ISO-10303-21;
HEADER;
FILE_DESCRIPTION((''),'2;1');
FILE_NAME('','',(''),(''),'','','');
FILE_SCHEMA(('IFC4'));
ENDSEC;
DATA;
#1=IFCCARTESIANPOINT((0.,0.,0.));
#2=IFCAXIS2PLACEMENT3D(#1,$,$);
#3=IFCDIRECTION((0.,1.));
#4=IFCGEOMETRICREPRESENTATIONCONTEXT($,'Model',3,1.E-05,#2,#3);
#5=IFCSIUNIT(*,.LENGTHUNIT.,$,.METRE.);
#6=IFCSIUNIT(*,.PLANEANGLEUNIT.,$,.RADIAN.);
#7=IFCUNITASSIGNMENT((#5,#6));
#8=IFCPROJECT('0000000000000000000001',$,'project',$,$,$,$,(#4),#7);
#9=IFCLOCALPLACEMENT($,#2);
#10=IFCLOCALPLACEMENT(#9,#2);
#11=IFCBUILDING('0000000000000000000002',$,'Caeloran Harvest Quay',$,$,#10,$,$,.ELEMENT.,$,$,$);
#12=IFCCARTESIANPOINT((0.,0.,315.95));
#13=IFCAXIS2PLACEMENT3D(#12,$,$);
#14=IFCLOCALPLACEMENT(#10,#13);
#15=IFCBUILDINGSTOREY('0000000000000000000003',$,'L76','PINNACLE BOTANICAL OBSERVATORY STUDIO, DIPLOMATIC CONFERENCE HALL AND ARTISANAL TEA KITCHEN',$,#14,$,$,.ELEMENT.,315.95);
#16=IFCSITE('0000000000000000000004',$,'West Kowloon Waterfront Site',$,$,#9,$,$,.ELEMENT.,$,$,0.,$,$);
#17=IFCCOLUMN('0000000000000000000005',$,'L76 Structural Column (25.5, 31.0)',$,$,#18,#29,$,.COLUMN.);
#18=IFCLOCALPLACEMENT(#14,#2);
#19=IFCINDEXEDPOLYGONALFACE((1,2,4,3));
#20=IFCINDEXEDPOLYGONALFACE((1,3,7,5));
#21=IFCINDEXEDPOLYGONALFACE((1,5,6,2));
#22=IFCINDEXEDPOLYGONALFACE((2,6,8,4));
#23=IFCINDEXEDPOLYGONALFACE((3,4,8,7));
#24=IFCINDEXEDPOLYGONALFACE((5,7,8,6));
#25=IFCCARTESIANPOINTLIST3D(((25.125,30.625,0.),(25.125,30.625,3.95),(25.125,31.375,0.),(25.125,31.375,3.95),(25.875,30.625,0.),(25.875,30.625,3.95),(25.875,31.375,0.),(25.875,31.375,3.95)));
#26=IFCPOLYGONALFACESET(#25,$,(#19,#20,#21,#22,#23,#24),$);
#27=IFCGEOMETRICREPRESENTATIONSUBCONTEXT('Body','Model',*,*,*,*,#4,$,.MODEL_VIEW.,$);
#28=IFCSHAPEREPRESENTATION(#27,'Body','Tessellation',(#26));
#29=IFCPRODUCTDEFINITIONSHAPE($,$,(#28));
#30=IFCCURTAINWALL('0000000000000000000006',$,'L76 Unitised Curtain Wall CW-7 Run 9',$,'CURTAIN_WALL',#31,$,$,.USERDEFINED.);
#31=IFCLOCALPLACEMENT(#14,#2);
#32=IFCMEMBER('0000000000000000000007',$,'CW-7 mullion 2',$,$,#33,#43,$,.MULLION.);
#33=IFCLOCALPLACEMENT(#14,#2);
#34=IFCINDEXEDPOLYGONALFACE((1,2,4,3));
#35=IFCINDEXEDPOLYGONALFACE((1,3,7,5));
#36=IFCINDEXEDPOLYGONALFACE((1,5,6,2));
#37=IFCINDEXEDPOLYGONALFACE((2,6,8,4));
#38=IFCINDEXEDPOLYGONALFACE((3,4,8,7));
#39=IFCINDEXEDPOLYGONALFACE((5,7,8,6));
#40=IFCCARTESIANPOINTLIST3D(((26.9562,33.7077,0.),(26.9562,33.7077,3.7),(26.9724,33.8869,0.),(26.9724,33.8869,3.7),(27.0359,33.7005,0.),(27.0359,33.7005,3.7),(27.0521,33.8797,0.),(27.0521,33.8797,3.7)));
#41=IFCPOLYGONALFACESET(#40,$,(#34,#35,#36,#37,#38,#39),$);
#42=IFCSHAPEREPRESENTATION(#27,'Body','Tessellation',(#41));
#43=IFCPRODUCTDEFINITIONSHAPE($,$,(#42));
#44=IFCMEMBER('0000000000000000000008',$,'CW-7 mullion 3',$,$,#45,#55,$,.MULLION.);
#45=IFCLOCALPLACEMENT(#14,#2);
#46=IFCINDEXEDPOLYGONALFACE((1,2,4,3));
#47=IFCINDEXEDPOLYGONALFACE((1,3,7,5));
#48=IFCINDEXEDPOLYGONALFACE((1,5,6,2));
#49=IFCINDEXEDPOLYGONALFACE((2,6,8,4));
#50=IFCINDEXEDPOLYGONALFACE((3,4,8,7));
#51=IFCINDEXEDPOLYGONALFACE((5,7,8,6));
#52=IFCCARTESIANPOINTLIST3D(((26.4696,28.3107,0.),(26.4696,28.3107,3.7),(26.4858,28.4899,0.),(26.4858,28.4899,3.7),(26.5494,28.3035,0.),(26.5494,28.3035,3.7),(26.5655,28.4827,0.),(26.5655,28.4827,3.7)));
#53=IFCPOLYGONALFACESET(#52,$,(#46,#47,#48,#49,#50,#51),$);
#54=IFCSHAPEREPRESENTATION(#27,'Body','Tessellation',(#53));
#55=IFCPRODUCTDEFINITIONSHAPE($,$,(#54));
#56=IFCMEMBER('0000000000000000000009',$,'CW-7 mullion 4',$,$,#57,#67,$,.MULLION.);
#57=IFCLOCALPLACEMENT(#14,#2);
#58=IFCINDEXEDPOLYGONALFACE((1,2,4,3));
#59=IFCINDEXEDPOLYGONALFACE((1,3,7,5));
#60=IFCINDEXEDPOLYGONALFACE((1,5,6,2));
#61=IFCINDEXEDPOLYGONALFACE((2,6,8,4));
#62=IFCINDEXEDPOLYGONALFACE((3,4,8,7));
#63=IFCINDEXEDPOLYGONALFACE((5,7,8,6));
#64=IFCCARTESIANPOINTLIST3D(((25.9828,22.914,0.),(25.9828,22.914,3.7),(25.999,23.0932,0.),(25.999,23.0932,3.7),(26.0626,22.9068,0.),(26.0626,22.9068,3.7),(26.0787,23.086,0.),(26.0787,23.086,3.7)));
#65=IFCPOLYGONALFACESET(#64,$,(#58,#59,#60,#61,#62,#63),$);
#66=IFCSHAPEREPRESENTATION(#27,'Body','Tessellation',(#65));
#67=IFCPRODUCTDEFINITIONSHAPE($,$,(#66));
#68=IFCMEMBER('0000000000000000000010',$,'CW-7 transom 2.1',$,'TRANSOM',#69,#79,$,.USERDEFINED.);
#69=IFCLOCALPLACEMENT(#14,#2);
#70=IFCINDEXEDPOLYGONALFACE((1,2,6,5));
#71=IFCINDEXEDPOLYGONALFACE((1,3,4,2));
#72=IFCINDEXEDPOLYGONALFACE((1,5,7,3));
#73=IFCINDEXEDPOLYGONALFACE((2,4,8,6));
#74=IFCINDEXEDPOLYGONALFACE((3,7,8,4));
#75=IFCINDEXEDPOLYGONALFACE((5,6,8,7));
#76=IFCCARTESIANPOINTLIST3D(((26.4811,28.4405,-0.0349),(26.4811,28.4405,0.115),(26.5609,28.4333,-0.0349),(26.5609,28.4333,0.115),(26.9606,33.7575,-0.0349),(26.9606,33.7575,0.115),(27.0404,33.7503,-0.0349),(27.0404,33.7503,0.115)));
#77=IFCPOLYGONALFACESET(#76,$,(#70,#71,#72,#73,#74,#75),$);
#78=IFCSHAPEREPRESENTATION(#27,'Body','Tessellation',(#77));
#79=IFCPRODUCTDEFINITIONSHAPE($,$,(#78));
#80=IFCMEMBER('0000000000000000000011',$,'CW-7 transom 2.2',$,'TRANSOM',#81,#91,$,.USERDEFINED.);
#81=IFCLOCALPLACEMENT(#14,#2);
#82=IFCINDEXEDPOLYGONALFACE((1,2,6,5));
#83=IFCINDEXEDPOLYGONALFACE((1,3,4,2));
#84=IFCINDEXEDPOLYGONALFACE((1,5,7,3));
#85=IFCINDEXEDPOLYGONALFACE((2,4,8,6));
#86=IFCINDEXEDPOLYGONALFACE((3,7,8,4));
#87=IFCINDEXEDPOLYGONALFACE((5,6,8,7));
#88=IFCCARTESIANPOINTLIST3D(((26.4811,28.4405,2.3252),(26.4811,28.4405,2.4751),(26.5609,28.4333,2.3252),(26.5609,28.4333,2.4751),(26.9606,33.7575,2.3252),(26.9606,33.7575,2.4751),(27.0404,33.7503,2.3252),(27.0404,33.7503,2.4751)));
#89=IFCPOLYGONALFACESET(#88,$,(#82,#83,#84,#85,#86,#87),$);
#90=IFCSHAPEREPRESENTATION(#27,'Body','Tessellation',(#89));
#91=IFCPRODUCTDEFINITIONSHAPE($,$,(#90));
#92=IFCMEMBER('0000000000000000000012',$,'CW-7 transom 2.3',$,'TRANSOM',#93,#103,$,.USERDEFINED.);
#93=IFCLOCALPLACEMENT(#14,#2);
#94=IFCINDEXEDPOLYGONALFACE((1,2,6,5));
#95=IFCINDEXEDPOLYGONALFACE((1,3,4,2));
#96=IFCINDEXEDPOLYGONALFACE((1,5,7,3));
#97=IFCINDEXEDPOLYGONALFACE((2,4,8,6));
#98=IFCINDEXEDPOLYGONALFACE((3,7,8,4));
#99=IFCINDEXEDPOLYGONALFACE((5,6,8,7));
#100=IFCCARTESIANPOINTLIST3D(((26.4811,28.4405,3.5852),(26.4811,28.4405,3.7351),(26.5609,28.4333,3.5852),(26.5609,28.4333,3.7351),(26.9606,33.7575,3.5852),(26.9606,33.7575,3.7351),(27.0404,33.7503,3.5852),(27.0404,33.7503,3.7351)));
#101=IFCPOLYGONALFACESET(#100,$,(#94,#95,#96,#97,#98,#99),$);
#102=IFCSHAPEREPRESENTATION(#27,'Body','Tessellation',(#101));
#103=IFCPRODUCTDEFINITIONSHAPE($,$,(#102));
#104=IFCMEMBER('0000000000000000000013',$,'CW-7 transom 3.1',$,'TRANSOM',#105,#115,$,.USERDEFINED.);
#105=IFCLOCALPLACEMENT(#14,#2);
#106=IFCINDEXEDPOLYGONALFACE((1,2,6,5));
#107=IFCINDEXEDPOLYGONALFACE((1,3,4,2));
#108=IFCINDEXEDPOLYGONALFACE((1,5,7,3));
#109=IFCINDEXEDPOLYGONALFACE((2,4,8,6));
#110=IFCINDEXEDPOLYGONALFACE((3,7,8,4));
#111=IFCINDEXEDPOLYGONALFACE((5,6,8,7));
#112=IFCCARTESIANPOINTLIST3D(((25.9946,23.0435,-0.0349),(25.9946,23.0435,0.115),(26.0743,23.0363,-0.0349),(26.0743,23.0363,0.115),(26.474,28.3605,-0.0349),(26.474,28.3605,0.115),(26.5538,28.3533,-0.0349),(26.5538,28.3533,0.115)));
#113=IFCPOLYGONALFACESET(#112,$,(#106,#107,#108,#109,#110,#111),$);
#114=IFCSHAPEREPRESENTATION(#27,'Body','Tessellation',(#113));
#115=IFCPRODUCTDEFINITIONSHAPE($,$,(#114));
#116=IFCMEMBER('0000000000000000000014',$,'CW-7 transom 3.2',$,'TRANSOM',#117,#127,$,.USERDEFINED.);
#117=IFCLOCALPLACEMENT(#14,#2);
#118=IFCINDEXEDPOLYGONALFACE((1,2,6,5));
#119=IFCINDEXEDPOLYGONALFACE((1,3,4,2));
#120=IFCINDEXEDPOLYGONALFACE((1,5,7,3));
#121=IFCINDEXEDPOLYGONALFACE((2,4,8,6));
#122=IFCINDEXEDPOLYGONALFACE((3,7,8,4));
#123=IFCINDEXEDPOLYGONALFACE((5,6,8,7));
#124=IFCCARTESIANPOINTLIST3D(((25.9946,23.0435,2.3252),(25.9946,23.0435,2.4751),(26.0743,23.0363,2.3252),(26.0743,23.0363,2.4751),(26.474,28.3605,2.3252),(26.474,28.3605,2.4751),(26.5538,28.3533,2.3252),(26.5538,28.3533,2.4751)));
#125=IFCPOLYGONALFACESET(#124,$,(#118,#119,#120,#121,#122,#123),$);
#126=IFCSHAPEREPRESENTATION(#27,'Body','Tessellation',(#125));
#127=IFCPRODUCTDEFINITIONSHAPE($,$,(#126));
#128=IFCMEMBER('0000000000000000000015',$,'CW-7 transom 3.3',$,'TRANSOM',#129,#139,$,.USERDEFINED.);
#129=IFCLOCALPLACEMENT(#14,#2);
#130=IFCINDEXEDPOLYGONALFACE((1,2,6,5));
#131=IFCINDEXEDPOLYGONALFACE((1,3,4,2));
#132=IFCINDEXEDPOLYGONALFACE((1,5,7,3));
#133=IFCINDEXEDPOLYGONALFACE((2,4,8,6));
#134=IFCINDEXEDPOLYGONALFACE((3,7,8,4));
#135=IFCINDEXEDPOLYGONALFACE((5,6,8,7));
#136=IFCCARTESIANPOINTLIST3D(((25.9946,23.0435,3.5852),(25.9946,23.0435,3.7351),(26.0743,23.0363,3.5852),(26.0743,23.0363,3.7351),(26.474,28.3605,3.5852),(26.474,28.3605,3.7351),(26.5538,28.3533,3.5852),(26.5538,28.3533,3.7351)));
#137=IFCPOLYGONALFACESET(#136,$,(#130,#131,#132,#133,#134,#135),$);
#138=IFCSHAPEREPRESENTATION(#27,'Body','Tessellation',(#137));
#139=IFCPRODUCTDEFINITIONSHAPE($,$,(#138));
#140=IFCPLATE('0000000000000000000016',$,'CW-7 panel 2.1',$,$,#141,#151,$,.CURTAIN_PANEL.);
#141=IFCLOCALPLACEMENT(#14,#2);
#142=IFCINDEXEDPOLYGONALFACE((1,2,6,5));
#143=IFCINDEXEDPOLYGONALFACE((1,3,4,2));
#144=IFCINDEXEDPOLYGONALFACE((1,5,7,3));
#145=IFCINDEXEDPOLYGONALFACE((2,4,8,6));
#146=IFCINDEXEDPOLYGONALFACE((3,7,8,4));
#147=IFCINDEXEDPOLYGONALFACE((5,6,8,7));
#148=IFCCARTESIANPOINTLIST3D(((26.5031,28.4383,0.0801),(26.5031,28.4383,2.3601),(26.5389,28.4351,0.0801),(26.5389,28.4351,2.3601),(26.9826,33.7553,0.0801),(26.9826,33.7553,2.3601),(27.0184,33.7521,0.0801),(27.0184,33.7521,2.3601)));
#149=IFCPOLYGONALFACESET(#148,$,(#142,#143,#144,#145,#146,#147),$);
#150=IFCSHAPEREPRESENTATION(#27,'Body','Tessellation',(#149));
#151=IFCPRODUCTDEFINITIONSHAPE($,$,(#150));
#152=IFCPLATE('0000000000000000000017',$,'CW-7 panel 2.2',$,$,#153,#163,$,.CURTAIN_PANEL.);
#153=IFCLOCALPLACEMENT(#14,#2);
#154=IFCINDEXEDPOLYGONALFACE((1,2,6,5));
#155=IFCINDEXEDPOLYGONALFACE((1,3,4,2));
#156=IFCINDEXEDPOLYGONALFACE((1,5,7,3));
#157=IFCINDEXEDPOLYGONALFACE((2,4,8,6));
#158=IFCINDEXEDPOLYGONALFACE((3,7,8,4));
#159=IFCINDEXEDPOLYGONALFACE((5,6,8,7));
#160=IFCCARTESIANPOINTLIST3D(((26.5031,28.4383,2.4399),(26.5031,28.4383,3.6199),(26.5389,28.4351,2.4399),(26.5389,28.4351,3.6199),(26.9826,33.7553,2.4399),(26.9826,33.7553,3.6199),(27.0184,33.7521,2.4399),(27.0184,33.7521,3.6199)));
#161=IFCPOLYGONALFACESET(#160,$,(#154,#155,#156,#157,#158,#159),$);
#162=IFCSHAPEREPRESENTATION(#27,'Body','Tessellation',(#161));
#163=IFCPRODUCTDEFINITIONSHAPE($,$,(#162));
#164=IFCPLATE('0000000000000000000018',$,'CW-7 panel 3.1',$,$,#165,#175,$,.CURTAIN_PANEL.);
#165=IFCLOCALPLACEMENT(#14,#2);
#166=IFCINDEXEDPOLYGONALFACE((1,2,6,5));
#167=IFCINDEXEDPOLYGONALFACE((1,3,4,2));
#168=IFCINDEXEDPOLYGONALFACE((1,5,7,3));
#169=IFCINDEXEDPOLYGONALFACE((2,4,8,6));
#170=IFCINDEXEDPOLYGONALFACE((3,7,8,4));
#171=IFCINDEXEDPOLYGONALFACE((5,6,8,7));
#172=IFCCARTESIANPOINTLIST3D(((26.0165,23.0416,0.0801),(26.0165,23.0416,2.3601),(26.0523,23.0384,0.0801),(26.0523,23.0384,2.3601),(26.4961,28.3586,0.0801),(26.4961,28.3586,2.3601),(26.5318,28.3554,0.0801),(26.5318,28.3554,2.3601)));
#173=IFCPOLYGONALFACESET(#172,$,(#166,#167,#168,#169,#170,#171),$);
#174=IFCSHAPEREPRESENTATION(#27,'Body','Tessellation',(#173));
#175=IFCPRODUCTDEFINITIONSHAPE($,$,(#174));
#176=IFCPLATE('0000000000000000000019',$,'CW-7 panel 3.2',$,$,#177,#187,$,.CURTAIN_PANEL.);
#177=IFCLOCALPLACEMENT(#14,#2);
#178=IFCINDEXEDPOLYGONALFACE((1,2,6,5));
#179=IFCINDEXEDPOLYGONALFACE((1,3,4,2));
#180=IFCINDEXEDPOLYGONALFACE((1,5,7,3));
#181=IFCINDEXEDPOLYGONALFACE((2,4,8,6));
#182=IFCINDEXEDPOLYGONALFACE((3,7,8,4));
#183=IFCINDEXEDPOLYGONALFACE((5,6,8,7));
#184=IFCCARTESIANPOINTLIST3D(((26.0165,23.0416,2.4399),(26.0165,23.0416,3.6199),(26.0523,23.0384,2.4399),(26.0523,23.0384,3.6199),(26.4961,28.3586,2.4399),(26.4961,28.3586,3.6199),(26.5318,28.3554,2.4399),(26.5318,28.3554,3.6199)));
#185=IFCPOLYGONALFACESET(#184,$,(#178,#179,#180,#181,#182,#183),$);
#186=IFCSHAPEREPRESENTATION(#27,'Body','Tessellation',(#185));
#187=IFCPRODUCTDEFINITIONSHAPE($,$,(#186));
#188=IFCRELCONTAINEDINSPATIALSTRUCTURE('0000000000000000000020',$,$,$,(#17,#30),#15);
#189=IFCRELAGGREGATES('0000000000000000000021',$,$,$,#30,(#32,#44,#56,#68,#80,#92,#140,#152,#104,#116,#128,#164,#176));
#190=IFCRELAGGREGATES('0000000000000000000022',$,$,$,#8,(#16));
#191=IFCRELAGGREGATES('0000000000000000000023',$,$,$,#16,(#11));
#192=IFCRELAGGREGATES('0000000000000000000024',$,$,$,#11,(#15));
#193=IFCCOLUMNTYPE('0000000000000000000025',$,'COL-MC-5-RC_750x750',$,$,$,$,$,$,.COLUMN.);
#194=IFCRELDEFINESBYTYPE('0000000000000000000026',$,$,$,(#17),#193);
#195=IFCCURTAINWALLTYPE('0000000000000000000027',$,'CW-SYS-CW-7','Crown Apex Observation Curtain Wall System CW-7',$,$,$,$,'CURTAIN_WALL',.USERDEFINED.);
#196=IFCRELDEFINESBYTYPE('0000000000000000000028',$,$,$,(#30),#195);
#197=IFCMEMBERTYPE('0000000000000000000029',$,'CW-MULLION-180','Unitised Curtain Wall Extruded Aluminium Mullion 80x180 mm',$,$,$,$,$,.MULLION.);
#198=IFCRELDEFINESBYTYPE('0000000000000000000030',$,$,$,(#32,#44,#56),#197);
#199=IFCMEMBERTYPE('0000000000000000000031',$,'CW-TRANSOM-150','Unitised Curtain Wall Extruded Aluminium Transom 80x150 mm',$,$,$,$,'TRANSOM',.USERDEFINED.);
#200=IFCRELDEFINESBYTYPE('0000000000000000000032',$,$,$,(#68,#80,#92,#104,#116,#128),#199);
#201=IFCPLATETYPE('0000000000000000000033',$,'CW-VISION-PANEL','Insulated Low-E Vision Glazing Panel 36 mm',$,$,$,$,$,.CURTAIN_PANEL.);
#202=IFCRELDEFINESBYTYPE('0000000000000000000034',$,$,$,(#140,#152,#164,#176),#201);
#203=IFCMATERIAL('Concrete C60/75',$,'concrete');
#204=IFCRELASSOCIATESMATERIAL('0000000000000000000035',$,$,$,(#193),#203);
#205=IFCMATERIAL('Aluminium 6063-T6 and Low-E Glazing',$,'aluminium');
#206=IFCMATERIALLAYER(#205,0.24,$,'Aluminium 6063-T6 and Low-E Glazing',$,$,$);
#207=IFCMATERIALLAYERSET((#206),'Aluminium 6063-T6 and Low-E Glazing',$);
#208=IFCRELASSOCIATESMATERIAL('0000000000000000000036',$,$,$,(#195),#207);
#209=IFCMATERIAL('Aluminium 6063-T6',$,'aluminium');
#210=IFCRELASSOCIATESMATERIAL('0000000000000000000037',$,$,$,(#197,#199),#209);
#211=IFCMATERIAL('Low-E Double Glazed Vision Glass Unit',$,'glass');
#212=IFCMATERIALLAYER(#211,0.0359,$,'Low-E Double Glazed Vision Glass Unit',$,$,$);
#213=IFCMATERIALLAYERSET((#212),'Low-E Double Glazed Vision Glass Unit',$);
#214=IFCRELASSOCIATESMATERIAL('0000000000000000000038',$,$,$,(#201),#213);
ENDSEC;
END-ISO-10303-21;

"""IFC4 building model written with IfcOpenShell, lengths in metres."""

from ifc_helpers import new_model, si_unit, direction, frame, origin, origin_2d, place, context, subcontext, project, spatial, rectangle, extrude, material, layer, layer_set, material_profile, profile_set, type_object, element, aggregate, save


model = new_model("IFC4")

# Units and contexts
model_context = context("Model", 3, precision=1e-05, world=origin(), true_north=direction((0.0, 1.0)))
body_context = subcontext(model_context, "Body", "Model", "MODEL_VIEW")
ifc_project = project(units=[si_unit("LENGTHUNIT", "METRE"), si_unit("PLANEANGLEUNIT", "RADIAN")], contexts=[model_context])

# Site, building, storey
site_placement = place(None, origin())
site = spatial("IfcSite", under=ifc_project, at=site_placement, Name="West Kowloon Waterfront Site", CompositionType="ELEMENT", RefElevation=0.0)
building_placement = place(site_placement, origin())
building = spatial("IfcBuilding", under=site, at=building_placement, Name="Caeloran Harvest Quay", CompositionType="ELEMENT")
storey_placement = place(building_placement, frame((0.0, 0.0, 315.95)))
storey = spatial("IfcBuildingStorey", under=building, at=storey_placement, Name="L76", Description="PINNACLE BOTANICAL OBSERVATORY STUDIO, DIPLOMATIC CONFERENCE HALL AND ARTISANAL TEA KITCHEN", CompositionType="ELEMENT", Elevation=315.95)

# Column
ifc_material_1 = material(Name="Concrete C60/75", Category="concrete")
ifc_material_profile_1 = material_profile(ifc_material_1, rectangle(XDim=0.75, YDim=0.75, at=origin_2d()), Name="RC 750x750")
ifc_profile_set_1 = profile_set([ifc_material_profile_1], Name="Concrete C60/75")
column_type = type_object("IfcColumnType", Name="COL-MC-5-RC_750x750", PredefinedType="COLUMN", material=ifc_profile_set_1)
column_placement = place(storey_placement, frame((25.5, 31.0, 0.0), z_axis=(0.0, 0.0, 1.0), x_axis=(1.0, 0.0, 0.0)))
element("IfcColumn", 1, at=column_placement, inside=storey, type_object=column_type, Name="L76 Structural Column (25.5, 31.0)", PredefinedType="COLUMN", context=body_context, shape_type="SweptSolid", body=[
    extrude(rectangle(XDim=0.75, YDim=0.75, at=origin_2d()), origin(), (0.0, 0.0, 1.0), 3.95),
])

# Curtain wall, members, plates
ifc_material_2 = material(Name="Aluminium 6063-T6 and Low-E Glazing", Category="aluminium")
ifc_layer_1 = layer(ifc_material_2, 0.24, Name="Aluminium 6063-T6 and Low-E Glazing")
ifc_layer_set_1 = layer_set([ifc_layer_1], Name="Aluminium 6063-T6 and Low-E Glazing")
curtain_wall_type = type_object("IfcCurtainWallType", Name="CW-SYS-CW-7", Description="Crown Apex Observation Curtain Wall System CW-7", ElementType="CURTAIN_WALL", PredefinedType="USERDEFINED", material=ifc_layer_set_1)
curtain_wall_placement = place(storey_placement, origin())
curtain_wall = element("IfcCurtainWall", 2, at=curtain_wall_placement, inside=storey, type_object=curtain_wall_type, Name="L76 Unitised Curtain Wall CW-7 Run 9", ObjectType="CURTAIN_WALL", PredefinedType="USERDEFINED")
ifc_material_3 = material(Name="Aluminium 6063-T6", Category="aluminium")
ifc_material_profile_2 = material_profile(ifc_material_3, rectangle(XDim=0.0801, YDim=0.1799, at=origin_2d()), Name="CW-MULLION-180")
ifc_profile_set_2 = profile_set([ifc_material_profile_2], Name="Aluminium 6063-T6")
member_type_1 = type_object("IfcMemberType", Name="CW-MULLION-180", Description="Unitised Curtain Wall Extruded Aluminium Mullion 80x180 mm", PredefinedType="MULLION", material=ifc_profile_set_2)
member_1_placement = place(storey_placement, frame((27.0042, 33.7937, 0.0), z_axis=(0.0, 0.0, 1.0), x_axis=(0.995958, -0.089821, 0.0)))
member_1 = element("IfcMember", 3, at=member_1_placement, type_object=member_type_1, Name="CW-7 mullion 2", PredefinedType="MULLION", context=body_context, shape_type="SweptSolid", body=[
    extrude(rectangle(XDim=0.0801, YDim=0.1799, at=origin_2d()), origin(), (0.0, 0.0, 1.0), 3.7),
])
member_2_placement = place(storey_placement, frame((26.5176, 28.3967, 0.0), z_axis=(0.0, 0.0, 1.0), x_axis=(0.995958, -0.089821, 0.0)))
member_2 = element("IfcMember", 4, at=member_2_placement, type_object=member_type_1, Name="CW-7 mullion 3", PredefinedType="MULLION", context=body_context, shape_type="SweptSolid", body=[
    extrude(rectangle(XDim=0.0801, YDim=0.1799, at=origin_2d()), origin(), (0.0, 0.0, 1.0), 3.7),
])
member_3_placement = place(storey_placement, frame((26.0308, 23.0, 0.0), z_axis=(0.0, 0.0, 1.0), x_axis=(0.995958, -0.089821, 0.0)))
member_3 = element("IfcMember", 5, at=member_3_placement, type_object=member_type_1, Name="CW-7 mullion 4", PredefinedType="MULLION", context=body_context, shape_type="SweptSolid", body=[
    extrude(rectangle(XDim=0.0801, YDim=0.1799, at=origin_2d()), origin(), (0.0, 0.0, 1.0), 3.7),
])
ifc_material_profile_3 = material_profile(ifc_material_3, rectangle(XDim=0.0801, YDim=0.1499, at=origin_2d()), Name="CW-TRANSOM-150")
ifc_profile_set_3 = profile_set([ifc_material_profile_3], Name="Aluminium 6063-T6")
member_type_2 = type_object("IfcMemberType", Name="CW-TRANSOM-150", Description="Unitised Curtain Wall Extruded Aluminium Transom 80x150 mm", ElementType="TRANSOM", PredefinedType="USERDEFINED", material=ifc_profile_set_3)
member_4_placement = place(storey_placement, frame((27.0005, 33.7539, 0.04), z_axis=(-0.089814, -0.995959, 0.0), x_axis=(0.995959, -0.089814, 0.0)))
member_4 = element("IfcMember", 6, at=member_4_placement, type_object=member_type_2, Name="CW-7 transom 2.1", ObjectType="TRANSOM", PredefinedType="USERDEFINED", context=body_context, shape_type="SweptSolid", body=[
    extrude(rectangle(XDim=0.0801, YDim=0.1499, at=origin_2d()), origin(), (0.0, 0.0, 1.0), 5.3386),
])
member_5_placement = place(storey_placement, frame((27.0005, 33.7539, 2.4001), z_axis=(-0.089814, -0.995959, 0.0), x_axis=(0.995959, -0.089814, 0.0)))
member_5 = element("IfcMember", 7, at=member_5_placement, type_object=member_type_2, Name="CW-7 transom 2.2", ObjectType="TRANSOM", PredefinedType="USERDEFINED", context=body_context, shape_type="SweptSolid", body=[
    extrude(rectangle(XDim=0.0801, YDim=0.1499, at=origin_2d()), origin(), (0.0, 0.0, 1.0), 5.3386),
])
member_6_placement = place(storey_placement, frame((27.0005, 33.7539, 3.6602), z_axis=(-0.089814, -0.995959, 0.0), x_axis=(0.995959, -0.089814, 0.0)))
member_6 = element("IfcMember", 8, at=member_6_placement, type_object=member_type_2, Name="CW-7 transom 2.3", ObjectType="TRANSOM", PredefinedType="USERDEFINED", context=body_context, shape_type="SweptSolid", body=[
    extrude(rectangle(XDim=0.0801, YDim=0.1499, at=origin_2d()), origin(), (0.0, 0.0, 1.0), 5.3386),
])
member_7_placement = place(storey_placement, frame((26.5139, 28.3569, 0.04), z_axis=(-0.089814, -0.995959, 0.0), x_axis=(0.995959, -0.089814, 0.0)))
member_7 = element("IfcMember", 9, at=member_7_placement, type_object=member_type_2, Name="CW-7 transom 3.1", ObjectType="TRANSOM", PredefinedType="USERDEFINED", context=body_context, shape_type="SweptSolid", body=[
    extrude(rectangle(XDim=0.0801, YDim=0.1499, at=origin_2d()), origin(), (0.0, 0.0, 1.0), 5.3386),
])
member_8_placement = place(storey_placement, frame((26.5139, 28.3569, 2.4001), z_axis=(-0.089814, -0.995959, 0.0), x_axis=(0.995959, -0.089814, 0.0)))
member_8 = element("IfcMember", 10, at=member_8_placement, type_object=member_type_2, Name="CW-7 transom 3.2", ObjectType="TRANSOM", PredefinedType="USERDEFINED", context=body_context, shape_type="SweptSolid", body=[
    extrude(rectangle(XDim=0.0801, YDim=0.1499, at=origin_2d()), origin(), (0.0, 0.0, 1.0), 5.3386),
])
member_9_placement = place(storey_placement, frame((26.5139, 28.3569, 3.6602), z_axis=(-0.089814, -0.995959, 0.0), x_axis=(0.995959, -0.089814, 0.0)))
member_9 = element("IfcMember", 11, at=member_9_placement, type_object=member_type_2, Name="CW-7 transom 3.3", ObjectType="TRANSOM", PredefinedType="USERDEFINED", context=body_context, shape_type="SweptSolid", body=[
    extrude(rectangle(XDim=0.0801, YDim=0.1499, at=origin_2d()), origin(), (0.0, 0.0, 1.0), 5.3386),
])
ifc_material_4 = material(Name="Low-E Double Glazed Vision Glass Unit", Category="glass")
ifc_layer_2 = layer(ifc_material_4, 0.0359, Name="Low-E Double Glazed Vision Glass Unit")
ifc_layer_set_2 = layer_set([ifc_layer_2], Name="Low-E Double Glazed Vision Glass Unit")
plate_type = type_object("IfcPlateType", Name="CW-VISION-PANEL", Description="Insulated Low-E Vision Glazing Panel 36 mm", PredefinedType="CURTAIN_PANEL", material=ifc_layer_set_2)
plate_1_placement = place(storey_placement, frame((26.7607, 31.0952, 0.0801), z_axis=(0.0, 0.0, 1.0), x_axis=(-0.089821, -0.995958, 0.0)))
plate_1 = element("IfcPlate", 12, at=plate_1_placement, type_object=plate_type, Name="CW-7 panel 2.1", PredefinedType="CURTAIN_PANEL", context=body_context, shape_type="SweptSolid", body=[
    extrude(rectangle(XDim=5.3386, YDim=0.0359, at=origin_2d()), origin(), (0.0, 0.0, 1.0), 2.28),
])
plate_2_placement = place(storey_placement, frame((26.7607, 31.0952, 2.4399), z_axis=(0.0, 0.0, 1.0), x_axis=(-0.089821, -0.995958, 0.0)))
plate_2 = element("IfcPlate", 13, at=plate_2_placement, type_object=plate_type, Name="CW-7 panel 2.2", PredefinedType="CURTAIN_PANEL", context=body_context, shape_type="SweptSolid", body=[
    extrude(rectangle(XDim=5.3386, YDim=0.0359, at=origin_2d()), origin(), (0.0, 0.0, 1.0), 1.1799),
])
plate_3_placement = place(storey_placement, frame((26.2742, 25.6985, 0.0801), z_axis=(0.0, 0.0, 1.0), x_axis=(-0.089821, -0.995958, 0.0)))
plate_3 = element("IfcPlate", 14, at=plate_3_placement, type_object=plate_type, Name="CW-7 panel 3.1", PredefinedType="CURTAIN_PANEL", context=body_context, shape_type="SweptSolid", body=[
    extrude(rectangle(XDim=5.3386, YDim=0.0359, at=origin_2d()), origin(), (0.0, 0.0, 1.0), 2.28),
])
plate_4_placement = place(storey_placement, frame((26.2742, 25.6985, 2.4399), z_axis=(0.0, 0.0, 1.0), x_axis=(-0.089821, -0.995958, 0.0)))
plate_4 = element("IfcPlate", 15, at=plate_4_placement, type_object=plate_type, Name="CW-7 panel 3.2", PredefinedType="CURTAIN_PANEL", context=body_context, shape_type="SweptSolid", body=[
    extrude(rectangle(XDim=5.3386, YDim=0.0359, at=origin_2d()), origin(), (0.0, 0.0, 1.0), 1.1799),
])
aggregate(curtain_wall, [member_1, member_2, member_3, member_4, member_5, member_6, plate_1, plate_2, member_7, member_8, member_9, plate_3, plate_4])

save(model, "model.ifc")
